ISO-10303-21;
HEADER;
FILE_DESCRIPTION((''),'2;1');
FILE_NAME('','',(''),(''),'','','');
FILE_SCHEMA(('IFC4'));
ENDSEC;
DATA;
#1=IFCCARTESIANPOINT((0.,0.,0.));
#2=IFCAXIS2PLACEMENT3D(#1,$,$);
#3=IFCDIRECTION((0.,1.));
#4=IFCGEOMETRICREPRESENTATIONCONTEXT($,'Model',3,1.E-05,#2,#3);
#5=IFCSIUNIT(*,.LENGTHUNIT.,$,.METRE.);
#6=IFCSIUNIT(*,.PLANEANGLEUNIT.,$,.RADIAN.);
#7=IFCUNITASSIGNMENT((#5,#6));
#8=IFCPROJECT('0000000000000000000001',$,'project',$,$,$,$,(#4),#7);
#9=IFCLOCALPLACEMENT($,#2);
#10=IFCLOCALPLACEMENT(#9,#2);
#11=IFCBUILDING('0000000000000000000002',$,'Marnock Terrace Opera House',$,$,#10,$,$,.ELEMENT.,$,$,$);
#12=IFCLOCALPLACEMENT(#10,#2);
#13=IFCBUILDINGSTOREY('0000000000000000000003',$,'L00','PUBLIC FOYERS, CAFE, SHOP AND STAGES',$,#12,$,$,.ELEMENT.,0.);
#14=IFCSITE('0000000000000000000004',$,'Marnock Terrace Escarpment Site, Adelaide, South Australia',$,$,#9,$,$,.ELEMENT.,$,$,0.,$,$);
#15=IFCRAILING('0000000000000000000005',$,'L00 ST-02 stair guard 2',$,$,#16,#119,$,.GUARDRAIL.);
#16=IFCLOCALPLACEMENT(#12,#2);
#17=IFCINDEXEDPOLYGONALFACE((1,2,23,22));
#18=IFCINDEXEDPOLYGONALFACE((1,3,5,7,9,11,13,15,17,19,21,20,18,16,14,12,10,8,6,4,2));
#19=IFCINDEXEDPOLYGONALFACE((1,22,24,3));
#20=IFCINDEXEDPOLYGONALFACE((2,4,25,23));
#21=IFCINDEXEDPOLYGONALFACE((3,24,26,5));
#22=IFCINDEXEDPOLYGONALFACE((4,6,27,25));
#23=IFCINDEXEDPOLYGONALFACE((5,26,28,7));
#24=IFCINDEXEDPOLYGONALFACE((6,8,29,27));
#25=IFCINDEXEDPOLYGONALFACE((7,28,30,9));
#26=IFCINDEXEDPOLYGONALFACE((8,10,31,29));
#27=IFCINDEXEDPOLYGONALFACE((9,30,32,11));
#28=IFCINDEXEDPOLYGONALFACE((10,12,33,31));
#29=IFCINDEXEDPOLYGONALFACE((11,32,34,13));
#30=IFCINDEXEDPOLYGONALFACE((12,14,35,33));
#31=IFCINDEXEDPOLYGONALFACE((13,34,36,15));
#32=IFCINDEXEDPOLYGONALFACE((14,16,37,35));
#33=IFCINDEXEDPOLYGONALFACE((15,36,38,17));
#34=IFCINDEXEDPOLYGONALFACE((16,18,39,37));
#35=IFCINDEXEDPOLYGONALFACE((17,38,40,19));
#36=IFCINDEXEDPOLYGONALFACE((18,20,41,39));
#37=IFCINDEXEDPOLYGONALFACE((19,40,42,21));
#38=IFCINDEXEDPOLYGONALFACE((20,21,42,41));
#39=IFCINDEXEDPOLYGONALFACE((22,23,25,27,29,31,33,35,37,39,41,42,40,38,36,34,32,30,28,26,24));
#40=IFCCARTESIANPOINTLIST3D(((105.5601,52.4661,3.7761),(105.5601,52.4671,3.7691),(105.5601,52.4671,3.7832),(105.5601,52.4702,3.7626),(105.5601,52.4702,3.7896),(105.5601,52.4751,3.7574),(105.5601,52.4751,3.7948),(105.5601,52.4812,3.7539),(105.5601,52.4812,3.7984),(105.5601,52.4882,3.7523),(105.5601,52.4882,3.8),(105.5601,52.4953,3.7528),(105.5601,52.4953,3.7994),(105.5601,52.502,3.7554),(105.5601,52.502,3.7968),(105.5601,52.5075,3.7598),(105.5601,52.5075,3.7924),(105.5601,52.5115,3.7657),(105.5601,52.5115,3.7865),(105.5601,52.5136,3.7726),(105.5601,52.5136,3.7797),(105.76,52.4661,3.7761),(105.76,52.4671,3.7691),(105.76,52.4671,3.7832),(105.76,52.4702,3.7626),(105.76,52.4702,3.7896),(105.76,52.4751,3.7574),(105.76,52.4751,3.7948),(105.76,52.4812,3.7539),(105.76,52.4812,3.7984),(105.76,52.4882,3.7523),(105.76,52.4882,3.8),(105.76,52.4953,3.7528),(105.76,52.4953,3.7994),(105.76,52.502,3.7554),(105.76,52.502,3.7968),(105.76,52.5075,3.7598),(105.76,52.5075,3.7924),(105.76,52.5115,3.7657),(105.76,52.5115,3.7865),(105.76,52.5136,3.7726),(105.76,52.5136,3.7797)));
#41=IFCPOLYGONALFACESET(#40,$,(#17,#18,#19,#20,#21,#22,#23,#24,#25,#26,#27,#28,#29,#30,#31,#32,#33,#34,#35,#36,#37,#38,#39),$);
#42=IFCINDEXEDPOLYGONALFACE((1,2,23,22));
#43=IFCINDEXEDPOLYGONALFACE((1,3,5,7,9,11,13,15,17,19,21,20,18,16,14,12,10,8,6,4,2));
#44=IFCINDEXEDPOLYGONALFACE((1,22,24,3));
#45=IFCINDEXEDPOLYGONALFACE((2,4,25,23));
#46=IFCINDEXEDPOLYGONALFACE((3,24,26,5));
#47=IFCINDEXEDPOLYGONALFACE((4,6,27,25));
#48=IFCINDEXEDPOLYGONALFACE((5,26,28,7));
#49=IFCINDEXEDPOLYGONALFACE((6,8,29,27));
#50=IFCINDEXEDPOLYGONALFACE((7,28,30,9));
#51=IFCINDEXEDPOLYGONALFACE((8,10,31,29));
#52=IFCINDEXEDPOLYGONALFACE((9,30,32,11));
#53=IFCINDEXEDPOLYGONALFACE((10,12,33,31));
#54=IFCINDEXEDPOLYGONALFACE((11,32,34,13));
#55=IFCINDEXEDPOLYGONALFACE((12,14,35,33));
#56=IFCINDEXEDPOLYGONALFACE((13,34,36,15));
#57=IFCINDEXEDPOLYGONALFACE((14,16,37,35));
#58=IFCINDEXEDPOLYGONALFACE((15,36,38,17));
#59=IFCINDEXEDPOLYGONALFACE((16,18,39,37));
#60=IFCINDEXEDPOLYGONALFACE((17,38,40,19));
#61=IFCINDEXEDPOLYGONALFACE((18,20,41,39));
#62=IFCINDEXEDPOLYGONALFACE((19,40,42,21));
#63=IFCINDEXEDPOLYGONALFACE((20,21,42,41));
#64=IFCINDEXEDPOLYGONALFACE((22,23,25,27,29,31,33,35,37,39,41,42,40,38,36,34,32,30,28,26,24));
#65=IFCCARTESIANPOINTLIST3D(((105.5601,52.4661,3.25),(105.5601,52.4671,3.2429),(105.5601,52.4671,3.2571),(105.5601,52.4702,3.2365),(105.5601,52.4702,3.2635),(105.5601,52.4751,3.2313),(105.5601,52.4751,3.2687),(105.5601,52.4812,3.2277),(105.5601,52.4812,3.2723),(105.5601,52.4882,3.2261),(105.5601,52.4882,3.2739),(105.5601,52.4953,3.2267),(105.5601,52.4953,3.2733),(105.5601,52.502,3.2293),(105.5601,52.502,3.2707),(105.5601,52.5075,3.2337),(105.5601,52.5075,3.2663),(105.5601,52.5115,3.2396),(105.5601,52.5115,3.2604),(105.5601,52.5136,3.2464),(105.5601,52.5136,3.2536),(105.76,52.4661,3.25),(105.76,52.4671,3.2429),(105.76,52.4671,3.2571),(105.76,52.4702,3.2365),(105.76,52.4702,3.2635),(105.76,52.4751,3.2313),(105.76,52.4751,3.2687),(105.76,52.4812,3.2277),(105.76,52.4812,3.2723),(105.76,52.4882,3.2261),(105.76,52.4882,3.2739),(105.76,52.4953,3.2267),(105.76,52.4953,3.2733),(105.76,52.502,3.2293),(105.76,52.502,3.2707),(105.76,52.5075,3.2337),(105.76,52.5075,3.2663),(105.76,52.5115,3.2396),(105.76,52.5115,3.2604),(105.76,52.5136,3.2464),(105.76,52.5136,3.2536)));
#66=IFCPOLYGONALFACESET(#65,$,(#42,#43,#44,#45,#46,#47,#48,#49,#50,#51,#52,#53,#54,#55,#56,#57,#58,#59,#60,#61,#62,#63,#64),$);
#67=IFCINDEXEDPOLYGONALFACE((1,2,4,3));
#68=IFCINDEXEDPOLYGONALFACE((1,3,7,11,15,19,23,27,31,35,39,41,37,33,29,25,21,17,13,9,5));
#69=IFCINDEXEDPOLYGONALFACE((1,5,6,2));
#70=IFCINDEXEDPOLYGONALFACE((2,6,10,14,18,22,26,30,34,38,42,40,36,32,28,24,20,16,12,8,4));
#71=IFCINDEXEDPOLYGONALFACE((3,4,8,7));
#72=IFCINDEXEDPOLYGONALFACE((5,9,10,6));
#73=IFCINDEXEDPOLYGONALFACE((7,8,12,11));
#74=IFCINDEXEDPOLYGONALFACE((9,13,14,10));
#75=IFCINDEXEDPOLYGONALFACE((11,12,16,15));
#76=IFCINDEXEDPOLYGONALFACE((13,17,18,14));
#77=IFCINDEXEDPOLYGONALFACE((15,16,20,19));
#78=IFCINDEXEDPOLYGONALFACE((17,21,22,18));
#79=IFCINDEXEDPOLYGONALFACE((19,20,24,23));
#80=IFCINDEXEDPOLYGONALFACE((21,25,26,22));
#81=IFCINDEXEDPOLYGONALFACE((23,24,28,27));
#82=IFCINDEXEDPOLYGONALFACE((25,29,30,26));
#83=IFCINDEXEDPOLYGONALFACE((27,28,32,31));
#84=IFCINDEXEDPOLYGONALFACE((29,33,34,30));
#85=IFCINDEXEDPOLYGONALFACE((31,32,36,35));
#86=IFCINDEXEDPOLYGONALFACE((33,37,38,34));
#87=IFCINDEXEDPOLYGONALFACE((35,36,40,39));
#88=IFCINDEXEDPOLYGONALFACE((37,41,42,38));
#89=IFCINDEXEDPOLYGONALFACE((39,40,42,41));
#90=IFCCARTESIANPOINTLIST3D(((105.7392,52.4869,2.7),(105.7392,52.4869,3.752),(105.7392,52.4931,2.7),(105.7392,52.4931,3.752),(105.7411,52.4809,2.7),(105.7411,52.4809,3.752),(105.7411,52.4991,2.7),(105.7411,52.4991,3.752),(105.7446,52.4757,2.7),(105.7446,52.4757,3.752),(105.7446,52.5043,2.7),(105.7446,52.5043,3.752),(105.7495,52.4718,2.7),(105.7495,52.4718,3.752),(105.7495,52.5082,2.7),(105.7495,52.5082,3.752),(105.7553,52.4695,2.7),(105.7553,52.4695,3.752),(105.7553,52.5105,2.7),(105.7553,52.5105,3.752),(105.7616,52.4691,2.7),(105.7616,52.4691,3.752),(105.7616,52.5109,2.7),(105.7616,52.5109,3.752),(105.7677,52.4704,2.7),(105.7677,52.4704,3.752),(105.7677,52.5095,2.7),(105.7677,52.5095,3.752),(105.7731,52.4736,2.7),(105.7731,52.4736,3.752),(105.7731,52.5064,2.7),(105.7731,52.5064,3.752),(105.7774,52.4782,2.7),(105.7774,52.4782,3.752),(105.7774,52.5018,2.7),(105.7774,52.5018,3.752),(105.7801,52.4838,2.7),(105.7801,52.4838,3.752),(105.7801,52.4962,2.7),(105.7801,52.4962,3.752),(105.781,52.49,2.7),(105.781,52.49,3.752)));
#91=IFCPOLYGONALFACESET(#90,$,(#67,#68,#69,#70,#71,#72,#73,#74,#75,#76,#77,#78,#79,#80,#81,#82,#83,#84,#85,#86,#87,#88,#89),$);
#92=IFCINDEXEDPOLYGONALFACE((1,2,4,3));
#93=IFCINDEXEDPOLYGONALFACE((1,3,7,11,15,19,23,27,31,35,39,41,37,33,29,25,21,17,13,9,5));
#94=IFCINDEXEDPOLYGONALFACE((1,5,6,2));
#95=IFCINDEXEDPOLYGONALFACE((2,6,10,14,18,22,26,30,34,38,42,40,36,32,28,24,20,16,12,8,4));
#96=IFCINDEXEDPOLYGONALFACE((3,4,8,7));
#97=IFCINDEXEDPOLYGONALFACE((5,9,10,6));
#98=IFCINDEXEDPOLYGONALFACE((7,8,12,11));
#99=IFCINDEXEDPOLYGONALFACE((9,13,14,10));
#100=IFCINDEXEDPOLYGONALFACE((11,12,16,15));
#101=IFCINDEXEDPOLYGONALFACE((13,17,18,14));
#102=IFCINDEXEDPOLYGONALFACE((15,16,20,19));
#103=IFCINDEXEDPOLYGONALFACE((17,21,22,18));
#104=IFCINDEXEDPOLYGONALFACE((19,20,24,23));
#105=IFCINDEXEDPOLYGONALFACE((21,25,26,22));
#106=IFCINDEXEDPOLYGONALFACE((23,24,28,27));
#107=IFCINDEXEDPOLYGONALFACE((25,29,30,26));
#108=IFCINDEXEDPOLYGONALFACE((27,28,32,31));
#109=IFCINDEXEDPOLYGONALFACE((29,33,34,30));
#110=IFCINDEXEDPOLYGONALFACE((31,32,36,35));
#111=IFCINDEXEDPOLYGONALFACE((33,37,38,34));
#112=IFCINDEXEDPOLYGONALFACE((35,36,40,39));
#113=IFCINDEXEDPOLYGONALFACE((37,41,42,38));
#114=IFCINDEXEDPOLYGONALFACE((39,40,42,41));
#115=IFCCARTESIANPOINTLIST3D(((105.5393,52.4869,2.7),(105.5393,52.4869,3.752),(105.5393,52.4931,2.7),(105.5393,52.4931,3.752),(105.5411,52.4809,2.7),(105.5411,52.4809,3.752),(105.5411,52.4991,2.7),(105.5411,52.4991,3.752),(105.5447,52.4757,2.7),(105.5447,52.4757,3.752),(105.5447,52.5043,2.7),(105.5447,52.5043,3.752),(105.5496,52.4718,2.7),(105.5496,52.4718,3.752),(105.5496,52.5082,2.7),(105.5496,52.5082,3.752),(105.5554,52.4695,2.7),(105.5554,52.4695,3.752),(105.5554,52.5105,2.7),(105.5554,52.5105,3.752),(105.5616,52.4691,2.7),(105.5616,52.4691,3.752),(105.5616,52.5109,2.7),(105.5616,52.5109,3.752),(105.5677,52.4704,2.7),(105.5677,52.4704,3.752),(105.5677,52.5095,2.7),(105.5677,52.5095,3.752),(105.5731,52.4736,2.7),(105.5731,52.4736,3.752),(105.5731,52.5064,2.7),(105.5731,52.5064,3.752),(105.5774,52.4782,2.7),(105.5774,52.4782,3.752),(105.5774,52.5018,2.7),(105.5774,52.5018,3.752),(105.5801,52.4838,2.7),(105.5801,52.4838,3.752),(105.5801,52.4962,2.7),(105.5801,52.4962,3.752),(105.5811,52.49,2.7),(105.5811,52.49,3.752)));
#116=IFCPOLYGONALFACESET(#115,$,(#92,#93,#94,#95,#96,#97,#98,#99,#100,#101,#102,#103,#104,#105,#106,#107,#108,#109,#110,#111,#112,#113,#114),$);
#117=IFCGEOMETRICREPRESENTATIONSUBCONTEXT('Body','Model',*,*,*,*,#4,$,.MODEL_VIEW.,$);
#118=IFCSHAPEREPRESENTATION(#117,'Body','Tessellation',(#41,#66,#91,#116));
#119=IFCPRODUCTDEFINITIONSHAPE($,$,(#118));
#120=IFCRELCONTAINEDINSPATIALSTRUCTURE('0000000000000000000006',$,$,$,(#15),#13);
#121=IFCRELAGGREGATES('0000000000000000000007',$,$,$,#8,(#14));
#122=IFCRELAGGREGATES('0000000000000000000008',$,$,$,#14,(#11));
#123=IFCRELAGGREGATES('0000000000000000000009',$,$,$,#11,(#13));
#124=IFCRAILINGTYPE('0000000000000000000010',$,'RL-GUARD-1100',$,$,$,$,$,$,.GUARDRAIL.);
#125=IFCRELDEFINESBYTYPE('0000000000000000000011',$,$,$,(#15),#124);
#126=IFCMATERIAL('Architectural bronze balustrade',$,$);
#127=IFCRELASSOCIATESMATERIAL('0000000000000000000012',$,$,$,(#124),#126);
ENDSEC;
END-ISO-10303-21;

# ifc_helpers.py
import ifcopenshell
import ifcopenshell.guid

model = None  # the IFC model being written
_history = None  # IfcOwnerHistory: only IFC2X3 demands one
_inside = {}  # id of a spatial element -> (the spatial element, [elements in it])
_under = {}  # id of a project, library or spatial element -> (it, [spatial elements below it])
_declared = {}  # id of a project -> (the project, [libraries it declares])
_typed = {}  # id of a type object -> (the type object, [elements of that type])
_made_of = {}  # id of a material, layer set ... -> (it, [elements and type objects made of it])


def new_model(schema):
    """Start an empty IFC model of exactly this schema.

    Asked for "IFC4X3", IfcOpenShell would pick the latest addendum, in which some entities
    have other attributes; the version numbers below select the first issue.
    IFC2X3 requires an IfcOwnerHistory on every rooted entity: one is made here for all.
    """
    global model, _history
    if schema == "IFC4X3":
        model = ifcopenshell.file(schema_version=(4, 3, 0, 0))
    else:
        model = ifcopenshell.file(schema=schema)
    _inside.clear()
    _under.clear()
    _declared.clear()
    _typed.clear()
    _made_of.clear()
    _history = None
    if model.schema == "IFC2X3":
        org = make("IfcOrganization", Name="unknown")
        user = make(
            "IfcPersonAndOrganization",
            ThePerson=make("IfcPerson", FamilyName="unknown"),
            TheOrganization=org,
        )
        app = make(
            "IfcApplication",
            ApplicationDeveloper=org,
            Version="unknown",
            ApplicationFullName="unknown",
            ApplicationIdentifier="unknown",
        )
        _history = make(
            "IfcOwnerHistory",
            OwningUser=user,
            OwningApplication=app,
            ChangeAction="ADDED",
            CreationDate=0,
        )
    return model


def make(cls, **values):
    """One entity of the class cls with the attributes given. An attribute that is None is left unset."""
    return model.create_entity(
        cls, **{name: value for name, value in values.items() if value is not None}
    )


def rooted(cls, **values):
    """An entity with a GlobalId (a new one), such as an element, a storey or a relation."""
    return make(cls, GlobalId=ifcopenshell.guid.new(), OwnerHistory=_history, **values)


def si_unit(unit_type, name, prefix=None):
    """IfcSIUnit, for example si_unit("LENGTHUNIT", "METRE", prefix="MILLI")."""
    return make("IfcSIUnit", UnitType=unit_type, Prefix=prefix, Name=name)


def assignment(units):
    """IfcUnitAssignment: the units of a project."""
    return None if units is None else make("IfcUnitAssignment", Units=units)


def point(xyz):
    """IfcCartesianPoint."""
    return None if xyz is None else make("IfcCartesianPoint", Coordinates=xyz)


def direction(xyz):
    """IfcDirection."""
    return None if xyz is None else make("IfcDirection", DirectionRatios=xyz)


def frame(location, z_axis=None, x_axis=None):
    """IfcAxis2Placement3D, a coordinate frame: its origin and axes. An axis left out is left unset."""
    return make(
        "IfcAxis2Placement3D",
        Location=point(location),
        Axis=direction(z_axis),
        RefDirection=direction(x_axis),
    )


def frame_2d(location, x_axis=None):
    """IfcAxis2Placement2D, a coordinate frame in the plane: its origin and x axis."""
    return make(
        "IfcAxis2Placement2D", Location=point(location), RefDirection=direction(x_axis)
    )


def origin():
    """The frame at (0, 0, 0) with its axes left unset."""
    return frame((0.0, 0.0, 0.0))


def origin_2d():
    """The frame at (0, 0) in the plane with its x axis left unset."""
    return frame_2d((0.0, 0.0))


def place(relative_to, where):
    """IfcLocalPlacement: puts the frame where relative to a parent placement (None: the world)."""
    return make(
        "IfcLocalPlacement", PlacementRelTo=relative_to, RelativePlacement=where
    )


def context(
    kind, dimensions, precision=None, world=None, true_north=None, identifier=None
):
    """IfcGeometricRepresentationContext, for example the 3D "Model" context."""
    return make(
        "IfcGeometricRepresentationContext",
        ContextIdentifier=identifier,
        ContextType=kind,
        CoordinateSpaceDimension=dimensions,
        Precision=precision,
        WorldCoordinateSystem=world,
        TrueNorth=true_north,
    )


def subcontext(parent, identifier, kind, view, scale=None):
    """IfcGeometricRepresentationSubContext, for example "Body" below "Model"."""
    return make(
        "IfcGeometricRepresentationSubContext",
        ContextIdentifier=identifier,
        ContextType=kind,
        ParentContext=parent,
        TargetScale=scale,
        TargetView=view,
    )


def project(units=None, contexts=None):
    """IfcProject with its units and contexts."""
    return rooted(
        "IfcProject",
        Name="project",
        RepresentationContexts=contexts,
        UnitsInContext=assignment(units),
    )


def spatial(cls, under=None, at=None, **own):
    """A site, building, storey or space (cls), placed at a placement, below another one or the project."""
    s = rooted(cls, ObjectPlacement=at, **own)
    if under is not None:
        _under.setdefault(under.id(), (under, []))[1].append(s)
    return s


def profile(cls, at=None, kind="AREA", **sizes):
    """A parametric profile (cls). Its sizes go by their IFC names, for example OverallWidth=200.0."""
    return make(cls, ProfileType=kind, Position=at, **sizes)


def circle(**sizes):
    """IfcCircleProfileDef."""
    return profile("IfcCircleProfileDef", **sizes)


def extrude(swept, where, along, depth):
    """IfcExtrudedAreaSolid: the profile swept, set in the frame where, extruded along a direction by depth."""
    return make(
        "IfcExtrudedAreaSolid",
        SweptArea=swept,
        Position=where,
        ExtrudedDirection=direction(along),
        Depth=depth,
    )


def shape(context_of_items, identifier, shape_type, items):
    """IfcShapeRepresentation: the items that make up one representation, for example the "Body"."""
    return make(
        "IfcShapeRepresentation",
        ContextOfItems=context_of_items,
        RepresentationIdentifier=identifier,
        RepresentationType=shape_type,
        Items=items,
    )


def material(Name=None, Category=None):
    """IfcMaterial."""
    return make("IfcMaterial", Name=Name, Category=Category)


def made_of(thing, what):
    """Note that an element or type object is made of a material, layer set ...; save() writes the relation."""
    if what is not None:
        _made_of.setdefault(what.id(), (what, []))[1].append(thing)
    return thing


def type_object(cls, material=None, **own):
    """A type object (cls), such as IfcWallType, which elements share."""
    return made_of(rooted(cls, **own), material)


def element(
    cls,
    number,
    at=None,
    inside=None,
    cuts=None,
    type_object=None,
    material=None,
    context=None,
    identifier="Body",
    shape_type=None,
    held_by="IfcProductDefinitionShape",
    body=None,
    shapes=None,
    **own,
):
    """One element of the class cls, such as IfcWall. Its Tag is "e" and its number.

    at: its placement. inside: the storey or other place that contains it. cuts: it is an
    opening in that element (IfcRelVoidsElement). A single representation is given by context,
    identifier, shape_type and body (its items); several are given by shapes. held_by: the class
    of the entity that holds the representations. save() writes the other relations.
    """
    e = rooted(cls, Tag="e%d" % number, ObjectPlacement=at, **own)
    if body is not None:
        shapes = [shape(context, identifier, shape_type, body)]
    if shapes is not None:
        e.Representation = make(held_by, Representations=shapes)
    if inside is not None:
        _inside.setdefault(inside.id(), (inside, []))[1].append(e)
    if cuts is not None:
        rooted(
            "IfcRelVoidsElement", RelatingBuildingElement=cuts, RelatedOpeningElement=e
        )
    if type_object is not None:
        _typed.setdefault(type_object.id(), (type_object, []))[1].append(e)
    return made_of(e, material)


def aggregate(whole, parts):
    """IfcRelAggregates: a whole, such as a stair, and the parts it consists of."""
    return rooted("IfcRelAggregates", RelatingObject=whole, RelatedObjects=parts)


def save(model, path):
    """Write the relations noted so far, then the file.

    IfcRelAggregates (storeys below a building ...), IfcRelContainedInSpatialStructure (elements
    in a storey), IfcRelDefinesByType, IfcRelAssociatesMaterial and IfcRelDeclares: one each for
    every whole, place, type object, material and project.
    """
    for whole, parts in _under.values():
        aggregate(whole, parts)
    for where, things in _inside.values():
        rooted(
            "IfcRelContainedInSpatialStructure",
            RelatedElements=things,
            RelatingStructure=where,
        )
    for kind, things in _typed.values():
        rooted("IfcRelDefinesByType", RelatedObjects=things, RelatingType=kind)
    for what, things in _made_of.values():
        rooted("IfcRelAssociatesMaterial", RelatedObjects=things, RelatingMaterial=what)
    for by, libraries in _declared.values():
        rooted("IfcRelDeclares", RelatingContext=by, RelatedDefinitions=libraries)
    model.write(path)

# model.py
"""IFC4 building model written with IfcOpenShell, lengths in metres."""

from ifc_helpers import new_model, si_unit, direction, frame, origin, origin_2d, place, context, subcontext, project, spatial, circle, extrude, material, type_object, element, save


model = new_model("IFC4")

# Units and contexts
model_context = context("Model", 3, precision=1e-05, world=origin(), true_north=direction((0.0, 1.0)))
body_context = subcontext(model_context, "Body", "Model", "MODEL_VIEW")
ifc_project = project(units=[si_unit("LENGTHUNIT", "METRE"), si_unit("PLANEANGLEUNIT", "RADIAN")], contexts=[model_context])

# Site, building, storey
site_placement = place(None, origin())
site = spatial("IfcSite", under=ifc_project, at=site_placement, Name="Marnock Terrace Escarpment Site, Adelaide, South Australia", CompositionType="ELEMENT", RefElevation=0.0)
building_placement = place(site_placement, origin())
building = spatial("IfcBuilding", under=site, at=building_placement, Name="Marnock Terrace Opera House", CompositionType="ELEMENT")
storey_placement = place(building_placement, origin())
storey = spatial("IfcBuildingStorey", under=building, at=storey_placement, Name="L00", Description="PUBLIC FOYERS, CAFE, SHOP AND STAGES", CompositionType="ELEMENT", Elevation=0.0)

# Railing
ifc_material_1 = material(Name="Architectural bronze balustrade")
railing_type_1 = type_object("IfcRailingType", Name="RL-GUARD-1100", PredefinedType="GUARDRAIL", material=ifc_material_1)
railing_1_placement = place(storey_placement, frame((105.76, 52.49, 2.7)))
element("IfcRailing", 1, at=railing_1_placement, inside=storey, type_object=railing_type_1, Name="L00 ST-02 stair guard 2", PredefinedType="GUARDRAIL", context=body_context, shape_type="SweptSolid", body=[
    extrude(circle(Radius=0.0239, at=origin_2d()), frame((0.0, 0.0, 1.0762), z_axis=(-1.0, 0.0, 0.0), x_axis=(0.0, -1.0, 0.0)), (0.0, 0.0, 1.0), 0.2),
    extrude(circle(Radius=0.0239, at=origin_2d()), frame((0.0, 0.0, 0.55), z_axis=(-1.0, 0.0, 0.0), x_axis=(0.0, -1.0, 0.0)), (0.0, 0.0, 1.0), 0.2),
    extrude(circle(Radius=0.021, at=origin_2d()), origin(), (0.0, 0.0, 1.0), 1.052),
    extrude(circle(Radius=0.021, at=origin_2d()), frame((-0.2, 0.0, 0.0)), (0.0, 0.0, 1.0), 1.052),
])

save(model, "model.ifc")
